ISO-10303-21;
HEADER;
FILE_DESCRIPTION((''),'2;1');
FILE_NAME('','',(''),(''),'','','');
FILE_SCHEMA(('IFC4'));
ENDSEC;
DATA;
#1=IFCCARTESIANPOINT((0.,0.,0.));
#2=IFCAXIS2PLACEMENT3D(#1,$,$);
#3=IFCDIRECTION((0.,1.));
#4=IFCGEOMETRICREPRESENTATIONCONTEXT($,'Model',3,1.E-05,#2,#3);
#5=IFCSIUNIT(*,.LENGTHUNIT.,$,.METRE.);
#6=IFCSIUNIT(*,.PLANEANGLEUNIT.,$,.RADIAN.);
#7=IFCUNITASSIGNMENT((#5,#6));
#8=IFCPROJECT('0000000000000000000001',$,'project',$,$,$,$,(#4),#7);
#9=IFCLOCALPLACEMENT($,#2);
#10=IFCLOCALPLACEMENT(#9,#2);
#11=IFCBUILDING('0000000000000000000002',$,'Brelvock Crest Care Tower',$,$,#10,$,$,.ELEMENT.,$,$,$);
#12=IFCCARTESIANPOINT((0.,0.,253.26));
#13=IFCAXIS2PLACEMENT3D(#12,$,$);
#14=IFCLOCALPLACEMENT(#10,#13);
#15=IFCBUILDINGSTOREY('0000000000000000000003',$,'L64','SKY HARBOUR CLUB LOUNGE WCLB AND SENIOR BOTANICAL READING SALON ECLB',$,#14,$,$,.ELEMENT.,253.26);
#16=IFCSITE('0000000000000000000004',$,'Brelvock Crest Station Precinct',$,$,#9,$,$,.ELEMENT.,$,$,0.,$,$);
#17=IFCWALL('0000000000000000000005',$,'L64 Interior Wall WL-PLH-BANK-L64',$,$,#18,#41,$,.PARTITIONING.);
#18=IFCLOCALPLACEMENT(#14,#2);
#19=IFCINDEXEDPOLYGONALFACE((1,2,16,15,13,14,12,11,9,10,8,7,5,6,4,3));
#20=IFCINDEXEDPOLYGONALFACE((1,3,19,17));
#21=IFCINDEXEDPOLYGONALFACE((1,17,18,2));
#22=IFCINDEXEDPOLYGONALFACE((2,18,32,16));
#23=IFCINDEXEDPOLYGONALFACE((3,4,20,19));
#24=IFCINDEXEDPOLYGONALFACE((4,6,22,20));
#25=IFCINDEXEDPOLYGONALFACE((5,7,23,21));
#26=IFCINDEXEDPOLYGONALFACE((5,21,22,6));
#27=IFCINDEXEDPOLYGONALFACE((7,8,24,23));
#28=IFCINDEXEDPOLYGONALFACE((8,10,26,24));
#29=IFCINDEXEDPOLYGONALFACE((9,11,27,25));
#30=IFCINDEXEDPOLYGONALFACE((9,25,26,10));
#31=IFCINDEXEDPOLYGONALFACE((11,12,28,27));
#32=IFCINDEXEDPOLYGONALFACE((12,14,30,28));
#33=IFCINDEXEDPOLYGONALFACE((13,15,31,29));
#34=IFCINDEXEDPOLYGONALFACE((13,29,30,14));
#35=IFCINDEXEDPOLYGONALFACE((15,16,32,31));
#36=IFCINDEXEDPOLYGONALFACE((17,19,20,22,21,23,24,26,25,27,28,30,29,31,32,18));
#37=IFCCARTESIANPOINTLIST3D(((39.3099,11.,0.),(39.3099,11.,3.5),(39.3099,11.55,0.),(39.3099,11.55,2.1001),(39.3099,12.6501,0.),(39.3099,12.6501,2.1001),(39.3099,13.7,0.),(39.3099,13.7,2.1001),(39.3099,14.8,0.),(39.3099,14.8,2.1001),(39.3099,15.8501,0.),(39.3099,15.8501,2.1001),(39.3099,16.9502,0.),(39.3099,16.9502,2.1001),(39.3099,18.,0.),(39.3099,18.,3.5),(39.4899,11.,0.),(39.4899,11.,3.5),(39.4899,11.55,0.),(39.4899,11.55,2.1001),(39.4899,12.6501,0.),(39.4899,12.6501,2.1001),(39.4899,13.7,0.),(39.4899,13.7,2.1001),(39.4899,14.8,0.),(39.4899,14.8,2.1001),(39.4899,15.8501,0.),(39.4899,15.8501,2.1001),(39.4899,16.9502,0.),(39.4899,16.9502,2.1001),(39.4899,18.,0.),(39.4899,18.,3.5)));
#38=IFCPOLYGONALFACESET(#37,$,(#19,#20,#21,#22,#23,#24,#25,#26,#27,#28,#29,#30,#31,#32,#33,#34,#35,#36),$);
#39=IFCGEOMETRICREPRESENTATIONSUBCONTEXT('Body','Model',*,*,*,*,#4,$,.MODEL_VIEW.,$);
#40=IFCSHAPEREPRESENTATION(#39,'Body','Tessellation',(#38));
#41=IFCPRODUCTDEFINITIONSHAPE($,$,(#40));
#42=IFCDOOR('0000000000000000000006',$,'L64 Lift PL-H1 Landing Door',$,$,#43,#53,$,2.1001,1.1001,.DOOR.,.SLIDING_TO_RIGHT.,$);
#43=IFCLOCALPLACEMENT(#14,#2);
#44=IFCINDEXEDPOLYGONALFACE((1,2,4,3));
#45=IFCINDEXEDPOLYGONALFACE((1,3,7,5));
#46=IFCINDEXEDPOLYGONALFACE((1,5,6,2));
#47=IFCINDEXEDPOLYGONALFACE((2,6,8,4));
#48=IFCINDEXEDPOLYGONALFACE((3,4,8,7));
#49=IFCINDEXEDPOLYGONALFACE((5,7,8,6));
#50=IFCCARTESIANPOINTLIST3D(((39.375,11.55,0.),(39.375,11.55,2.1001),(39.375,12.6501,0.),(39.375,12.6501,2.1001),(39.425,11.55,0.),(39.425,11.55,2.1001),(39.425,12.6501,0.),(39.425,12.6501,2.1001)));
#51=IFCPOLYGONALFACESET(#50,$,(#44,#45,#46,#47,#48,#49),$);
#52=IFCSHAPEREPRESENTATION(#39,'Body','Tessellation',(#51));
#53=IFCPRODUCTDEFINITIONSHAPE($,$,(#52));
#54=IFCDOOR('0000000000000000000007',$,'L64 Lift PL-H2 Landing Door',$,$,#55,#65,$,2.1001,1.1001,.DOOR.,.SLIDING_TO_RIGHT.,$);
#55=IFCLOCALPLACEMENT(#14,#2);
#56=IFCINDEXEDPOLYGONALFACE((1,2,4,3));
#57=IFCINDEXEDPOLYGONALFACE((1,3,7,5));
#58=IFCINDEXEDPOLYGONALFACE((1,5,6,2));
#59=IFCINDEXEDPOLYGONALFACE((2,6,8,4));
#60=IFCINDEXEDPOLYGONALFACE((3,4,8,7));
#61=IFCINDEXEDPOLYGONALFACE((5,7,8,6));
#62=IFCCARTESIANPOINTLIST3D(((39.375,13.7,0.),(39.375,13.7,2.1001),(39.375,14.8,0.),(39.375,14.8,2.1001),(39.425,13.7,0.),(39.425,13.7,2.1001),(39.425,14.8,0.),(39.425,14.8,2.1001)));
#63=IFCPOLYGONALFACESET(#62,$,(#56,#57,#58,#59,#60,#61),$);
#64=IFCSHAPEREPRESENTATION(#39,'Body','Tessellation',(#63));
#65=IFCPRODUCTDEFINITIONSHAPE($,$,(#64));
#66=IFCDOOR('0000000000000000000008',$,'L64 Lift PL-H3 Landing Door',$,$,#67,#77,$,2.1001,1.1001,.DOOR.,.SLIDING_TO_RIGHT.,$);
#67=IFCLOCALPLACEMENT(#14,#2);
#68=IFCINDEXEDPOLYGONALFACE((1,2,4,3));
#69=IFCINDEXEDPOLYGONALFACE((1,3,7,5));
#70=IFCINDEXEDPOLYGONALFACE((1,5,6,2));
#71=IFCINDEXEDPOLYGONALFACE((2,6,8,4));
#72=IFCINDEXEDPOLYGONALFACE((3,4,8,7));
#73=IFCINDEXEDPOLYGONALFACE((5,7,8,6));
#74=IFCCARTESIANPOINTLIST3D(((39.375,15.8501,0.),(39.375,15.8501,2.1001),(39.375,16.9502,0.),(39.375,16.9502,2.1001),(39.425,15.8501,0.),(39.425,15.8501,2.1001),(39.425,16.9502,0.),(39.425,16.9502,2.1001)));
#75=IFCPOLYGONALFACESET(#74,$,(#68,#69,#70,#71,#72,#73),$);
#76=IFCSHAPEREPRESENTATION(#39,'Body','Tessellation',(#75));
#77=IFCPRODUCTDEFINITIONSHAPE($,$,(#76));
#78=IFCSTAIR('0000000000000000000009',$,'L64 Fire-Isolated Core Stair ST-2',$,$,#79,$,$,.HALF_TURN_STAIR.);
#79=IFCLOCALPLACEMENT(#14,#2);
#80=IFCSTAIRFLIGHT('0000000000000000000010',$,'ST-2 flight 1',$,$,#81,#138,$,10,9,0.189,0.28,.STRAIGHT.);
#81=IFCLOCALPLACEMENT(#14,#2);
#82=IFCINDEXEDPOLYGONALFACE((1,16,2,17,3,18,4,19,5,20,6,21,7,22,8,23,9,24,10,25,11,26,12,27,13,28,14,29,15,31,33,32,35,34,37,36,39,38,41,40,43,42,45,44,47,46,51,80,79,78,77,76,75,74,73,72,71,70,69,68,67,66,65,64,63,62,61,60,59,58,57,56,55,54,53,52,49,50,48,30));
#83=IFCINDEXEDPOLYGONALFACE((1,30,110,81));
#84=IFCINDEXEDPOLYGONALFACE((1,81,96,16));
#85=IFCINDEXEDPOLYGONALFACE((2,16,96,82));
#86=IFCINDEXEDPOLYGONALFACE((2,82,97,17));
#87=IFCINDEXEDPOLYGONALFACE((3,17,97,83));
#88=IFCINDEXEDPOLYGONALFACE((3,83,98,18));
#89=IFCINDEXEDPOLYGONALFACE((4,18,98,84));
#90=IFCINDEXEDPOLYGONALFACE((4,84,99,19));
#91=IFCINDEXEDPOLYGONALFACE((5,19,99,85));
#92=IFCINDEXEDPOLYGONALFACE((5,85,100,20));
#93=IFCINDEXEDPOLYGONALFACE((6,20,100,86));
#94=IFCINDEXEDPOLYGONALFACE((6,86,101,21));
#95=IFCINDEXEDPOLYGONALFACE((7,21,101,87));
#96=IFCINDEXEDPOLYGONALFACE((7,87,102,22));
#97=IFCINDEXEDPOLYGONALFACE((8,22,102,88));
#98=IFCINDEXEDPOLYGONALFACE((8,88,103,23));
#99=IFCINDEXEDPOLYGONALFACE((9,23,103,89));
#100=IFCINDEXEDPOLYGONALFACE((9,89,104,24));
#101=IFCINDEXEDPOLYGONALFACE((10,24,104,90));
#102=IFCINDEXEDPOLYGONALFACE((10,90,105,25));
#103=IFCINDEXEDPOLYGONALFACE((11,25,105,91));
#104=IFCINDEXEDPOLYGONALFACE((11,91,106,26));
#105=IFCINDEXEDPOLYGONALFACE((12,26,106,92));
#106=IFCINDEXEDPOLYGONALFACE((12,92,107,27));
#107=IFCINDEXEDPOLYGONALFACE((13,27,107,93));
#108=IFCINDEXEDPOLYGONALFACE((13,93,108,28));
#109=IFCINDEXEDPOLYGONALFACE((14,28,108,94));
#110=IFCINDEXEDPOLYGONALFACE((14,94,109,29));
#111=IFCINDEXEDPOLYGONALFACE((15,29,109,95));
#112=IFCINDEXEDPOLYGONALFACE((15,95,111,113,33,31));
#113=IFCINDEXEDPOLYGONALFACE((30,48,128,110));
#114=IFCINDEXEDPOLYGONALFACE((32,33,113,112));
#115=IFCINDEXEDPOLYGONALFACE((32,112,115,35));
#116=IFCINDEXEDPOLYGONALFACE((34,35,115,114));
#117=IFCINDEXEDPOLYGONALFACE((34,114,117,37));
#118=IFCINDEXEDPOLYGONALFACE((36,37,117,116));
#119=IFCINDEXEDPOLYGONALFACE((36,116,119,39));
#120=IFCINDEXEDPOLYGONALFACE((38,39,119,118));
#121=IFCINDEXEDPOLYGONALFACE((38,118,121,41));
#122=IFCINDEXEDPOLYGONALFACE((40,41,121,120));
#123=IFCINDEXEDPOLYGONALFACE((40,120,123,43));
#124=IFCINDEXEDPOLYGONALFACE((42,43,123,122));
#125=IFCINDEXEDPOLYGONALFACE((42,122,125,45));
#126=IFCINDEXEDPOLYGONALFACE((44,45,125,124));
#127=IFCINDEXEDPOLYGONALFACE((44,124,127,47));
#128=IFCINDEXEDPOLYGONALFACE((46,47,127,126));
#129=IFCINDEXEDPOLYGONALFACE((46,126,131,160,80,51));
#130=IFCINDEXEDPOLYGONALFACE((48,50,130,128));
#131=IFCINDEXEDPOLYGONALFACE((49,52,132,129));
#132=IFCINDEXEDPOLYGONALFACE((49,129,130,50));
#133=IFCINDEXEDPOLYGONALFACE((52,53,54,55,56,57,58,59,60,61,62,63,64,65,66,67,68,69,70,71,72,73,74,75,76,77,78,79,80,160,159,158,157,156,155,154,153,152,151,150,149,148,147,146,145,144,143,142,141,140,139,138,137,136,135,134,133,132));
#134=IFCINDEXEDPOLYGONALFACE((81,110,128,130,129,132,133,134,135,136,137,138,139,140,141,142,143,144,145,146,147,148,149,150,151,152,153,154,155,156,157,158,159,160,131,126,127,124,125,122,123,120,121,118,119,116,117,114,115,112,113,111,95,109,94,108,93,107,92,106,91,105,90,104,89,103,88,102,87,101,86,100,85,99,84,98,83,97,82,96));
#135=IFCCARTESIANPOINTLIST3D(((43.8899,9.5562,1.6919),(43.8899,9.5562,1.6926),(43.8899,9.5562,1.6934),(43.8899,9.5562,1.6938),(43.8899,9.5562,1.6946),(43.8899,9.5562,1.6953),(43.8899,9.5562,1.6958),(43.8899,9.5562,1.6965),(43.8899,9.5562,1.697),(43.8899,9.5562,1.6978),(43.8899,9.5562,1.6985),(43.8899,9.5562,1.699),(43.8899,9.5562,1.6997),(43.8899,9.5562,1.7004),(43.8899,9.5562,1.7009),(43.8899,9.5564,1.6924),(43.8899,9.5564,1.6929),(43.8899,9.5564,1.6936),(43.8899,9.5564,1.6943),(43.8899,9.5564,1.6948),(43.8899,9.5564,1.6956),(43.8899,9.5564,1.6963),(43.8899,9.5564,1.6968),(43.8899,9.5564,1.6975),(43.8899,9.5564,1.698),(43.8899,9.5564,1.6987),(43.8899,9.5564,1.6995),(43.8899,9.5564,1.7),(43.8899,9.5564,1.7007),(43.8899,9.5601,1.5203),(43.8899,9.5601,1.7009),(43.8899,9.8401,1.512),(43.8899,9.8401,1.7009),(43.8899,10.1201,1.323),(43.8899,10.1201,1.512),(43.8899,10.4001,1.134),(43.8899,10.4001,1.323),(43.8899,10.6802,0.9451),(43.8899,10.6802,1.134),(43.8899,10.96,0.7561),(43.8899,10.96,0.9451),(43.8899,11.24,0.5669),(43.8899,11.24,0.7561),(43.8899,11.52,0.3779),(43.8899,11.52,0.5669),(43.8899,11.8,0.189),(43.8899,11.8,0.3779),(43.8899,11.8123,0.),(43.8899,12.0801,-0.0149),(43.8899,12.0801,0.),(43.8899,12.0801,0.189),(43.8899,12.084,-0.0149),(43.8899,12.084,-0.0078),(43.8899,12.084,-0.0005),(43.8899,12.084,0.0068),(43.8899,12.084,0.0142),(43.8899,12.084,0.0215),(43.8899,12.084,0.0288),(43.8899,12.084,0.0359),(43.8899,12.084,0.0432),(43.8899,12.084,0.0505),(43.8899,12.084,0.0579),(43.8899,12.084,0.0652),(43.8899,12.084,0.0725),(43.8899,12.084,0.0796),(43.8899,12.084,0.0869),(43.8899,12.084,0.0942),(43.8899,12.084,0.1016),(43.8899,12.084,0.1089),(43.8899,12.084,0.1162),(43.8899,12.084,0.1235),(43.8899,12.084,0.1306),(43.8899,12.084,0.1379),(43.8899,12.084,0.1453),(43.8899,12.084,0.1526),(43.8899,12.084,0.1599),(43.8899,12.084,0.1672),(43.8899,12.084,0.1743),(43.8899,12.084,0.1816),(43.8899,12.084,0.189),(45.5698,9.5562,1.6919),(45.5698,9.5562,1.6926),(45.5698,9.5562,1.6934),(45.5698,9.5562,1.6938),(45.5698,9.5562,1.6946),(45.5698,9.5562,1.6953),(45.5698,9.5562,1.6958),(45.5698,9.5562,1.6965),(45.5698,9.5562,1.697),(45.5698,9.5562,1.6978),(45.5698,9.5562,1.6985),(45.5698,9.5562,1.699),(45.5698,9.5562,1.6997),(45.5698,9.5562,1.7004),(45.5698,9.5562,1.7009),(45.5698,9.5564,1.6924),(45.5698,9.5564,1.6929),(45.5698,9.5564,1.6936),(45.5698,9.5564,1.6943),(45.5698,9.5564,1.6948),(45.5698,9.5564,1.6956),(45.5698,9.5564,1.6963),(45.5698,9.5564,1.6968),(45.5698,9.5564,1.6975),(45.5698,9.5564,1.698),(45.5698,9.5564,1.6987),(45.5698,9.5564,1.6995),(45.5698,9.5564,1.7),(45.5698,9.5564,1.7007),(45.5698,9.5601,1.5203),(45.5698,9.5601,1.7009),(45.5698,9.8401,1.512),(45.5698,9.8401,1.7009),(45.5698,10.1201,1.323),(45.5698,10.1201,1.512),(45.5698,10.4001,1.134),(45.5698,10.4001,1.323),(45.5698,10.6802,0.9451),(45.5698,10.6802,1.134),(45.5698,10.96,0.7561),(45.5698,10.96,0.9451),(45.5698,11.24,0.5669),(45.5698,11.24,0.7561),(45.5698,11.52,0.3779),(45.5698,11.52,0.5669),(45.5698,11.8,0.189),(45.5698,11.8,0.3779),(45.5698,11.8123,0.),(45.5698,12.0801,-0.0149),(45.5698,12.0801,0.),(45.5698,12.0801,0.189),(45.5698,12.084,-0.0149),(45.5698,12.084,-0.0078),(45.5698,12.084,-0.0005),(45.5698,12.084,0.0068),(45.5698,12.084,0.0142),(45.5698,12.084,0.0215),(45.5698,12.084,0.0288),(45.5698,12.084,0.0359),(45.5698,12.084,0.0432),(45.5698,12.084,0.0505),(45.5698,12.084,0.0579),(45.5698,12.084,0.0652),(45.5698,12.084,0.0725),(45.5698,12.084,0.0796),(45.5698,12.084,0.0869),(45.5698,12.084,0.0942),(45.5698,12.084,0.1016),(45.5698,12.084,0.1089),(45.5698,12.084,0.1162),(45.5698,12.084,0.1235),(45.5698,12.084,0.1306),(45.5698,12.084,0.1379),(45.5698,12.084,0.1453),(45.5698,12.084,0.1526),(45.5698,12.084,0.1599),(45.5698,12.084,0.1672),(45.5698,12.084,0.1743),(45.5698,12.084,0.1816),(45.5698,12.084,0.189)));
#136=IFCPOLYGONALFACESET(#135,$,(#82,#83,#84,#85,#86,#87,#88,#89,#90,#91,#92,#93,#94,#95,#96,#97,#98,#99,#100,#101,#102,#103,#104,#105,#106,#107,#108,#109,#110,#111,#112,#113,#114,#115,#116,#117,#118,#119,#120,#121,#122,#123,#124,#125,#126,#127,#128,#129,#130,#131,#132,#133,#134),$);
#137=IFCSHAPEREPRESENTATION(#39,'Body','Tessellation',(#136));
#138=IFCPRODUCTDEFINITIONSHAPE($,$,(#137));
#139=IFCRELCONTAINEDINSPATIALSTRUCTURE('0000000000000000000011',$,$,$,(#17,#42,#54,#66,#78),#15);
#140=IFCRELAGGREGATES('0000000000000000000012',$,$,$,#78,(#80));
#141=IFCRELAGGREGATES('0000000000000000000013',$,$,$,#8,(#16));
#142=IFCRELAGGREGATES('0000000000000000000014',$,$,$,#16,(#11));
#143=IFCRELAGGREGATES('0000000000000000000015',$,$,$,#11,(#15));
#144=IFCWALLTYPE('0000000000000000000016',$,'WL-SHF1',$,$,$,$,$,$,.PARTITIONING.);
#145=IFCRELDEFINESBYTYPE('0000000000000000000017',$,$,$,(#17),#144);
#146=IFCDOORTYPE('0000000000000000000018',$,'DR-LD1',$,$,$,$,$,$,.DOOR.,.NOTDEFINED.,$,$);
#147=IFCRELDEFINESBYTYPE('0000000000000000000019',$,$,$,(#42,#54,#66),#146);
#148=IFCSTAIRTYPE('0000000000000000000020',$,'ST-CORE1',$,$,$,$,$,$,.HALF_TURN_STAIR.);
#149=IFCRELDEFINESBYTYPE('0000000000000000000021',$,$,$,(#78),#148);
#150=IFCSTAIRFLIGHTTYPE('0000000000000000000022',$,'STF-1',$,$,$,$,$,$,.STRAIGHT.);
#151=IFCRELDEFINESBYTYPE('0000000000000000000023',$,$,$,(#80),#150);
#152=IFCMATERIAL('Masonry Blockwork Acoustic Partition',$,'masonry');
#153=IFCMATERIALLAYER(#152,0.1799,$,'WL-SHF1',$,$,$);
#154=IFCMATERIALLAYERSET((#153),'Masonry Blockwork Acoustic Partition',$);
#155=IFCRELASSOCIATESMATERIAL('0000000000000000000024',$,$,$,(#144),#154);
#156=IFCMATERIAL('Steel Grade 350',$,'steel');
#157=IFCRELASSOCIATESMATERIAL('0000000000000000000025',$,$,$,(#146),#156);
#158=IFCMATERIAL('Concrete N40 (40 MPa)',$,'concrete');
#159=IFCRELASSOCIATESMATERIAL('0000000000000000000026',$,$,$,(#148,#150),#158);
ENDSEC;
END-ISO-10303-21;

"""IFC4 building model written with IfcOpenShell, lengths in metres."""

from ifc_helpers import new_model, si_unit, direction, frame, frame_2d, origin, origin_2d, place, context, subcontext, project, spatial, polyline, rectangle, outline, extrude, source, transform, mapped, material, layer, layer_set, type_object, element, fill, aggregate, save


model = new_model("IFC4")

# Units and contexts
model_context = context("Model", 3, precision=1e-05, world=origin(), true_north=direction((0.0, 1.0)))
body_context = subcontext(model_context, "Body", "Model", "MODEL_VIEW")
ifc_project = project(units=[si_unit("LENGTHUNIT", "METRE"), si_unit("PLANEANGLEUNIT", "RADIAN")], contexts=[model_context])

# Site, building, storey
site_placement = place(None, origin())
site = spatial("IfcSite", under=ifc_project, at=site_placement, Name="Brelvock Crest Station Precinct", CompositionType="ELEMENT", RefElevation=0.0)
building_placement = place(site_placement, origin())
building = spatial("IfcBuilding", under=site, at=building_placement, Name="Brelvock Crest Care Tower", CompositionType="ELEMENT")
storey_placement = place(building_placement, frame((0.0, 0.0, 253.26)))
storey = spatial("IfcBuildingStorey", under=building, at=storey_placement, Name="L64", Description="SKY HARBOUR CLUB LOUNGE WCLB AND SENIOR BOTANICAL READING SALON ECLB", CompositionType="ELEMENT", Elevation=253.26)

# Shared definitions
ifc_material_1 = material(Name="Steel Grade 350", Category="steel")

# Shared definitions
ifc_material_2 = material(Name="Masonry Blockwork Acoustic Partition", Category="masonry")

# Shared definitions
ifc_layer_1 = layer(ifc_material_2, 0.1799, Name="WL-SHF1")
ifc_layer_set_1 = layer_set([ifc_layer_1], Name="Masonry Blockwork Acoustic Partition")
wall_type_1 = type_object("IfcWallType", Name="WL-SHF1", PredefinedType="PARTITIONING", material=ifc_layer_set_1)

# Wall, openings, doors
wall_1_placement = place(storey_placement, frame((39.3999, 11.0, 0.0), z_axis=(0.0, 0.0, 1.0), x_axis=(0.0, 1.0, 0.0)))
wall_1 = element("IfcWall", 1, at=wall_1_placement, inside=storey, type_object=wall_type_1, Name="L64 Interior Wall WL-PLH-BANK-L64", PredefinedType="PARTITIONING", context=body_context, shape_type="SweptSolid", body=[
    extrude(rectangle(XDim=7.0, YDim=0.1799, at=frame_2d((3.5, 0.0))), origin(), (0.0, 0.0, 1.0), 3.5),
])
opening_1_placement = place(wall_1_placement, frame((0.55, 0.0, 0.0)))
opening_1 = element("IfcOpeningElement", 2, at=opening_1_placement, cuts=wall_1, PredefinedType="OPENING", context=body_context, shape_type="SweptSolid", body=[
    extrude(rectangle(XDim=1.1001, YDim=2.1001, at=origin_2d()), frame((0.55, 0.1001, 1.05), z_axis=(0.0, -1.0, 0.0), x_axis=(1.0, 0.0, 0.0)), (0.0, 0.0, 1.0), 0.2),
])
opening_2_placement = place(wall_1_placement, frame((2.7, 0.0, 0.0)))
opening_2 = element("IfcOpeningElement", 3, at=opening_2_placement, cuts=wall_1, PredefinedType="OPENING", context=body_context, shape_type="SweptSolid", body=[
    extrude(rectangle(XDim=1.1001, YDim=2.1001, at=origin_2d()), frame((0.55, 0.1001, 1.05), z_axis=(0.0, -1.0, 0.0), x_axis=(1.0, 0.0, 0.0)), (0.0, 0.0, 1.0), 0.2),
])
opening_3_placement = place(wall_1_placement, frame((4.8501, 0.0, 0.0)))
opening_3 = element("IfcOpeningElement", 4, at=opening_3_placement, cuts=wall_1, PredefinedType="OPENING", context=body_context, shape_type="SweptSolid", body=[
    extrude(rectangle(XDim=1.1001, YDim=2.1001, at=origin_2d()), frame((0.55, 0.1001, 1.05), z_axis=(0.0, -1.0, 0.0), x_axis=(1.0, 0.0, 0.0)), (0.0, 0.0, 1.0), 0.2),
])
door_type_1 = type_object("IfcDoorType", Name="DR-LD1", OperationType="NOTDEFINED", PredefinedType="DOOR", material=ifc_material_1)
shared_shape_1 = source(origin(), body_context, "Body", "SweptSolid", [
    extrude(rectangle(XDim=1.1001, YDim=2.1001, at=origin_2d()), frame((0.55, 0.0249, 1.05), z_axis=(0.0, -1.0, 0.0), x_axis=(1.0, 0.0, 0.0)), (0.0, 0.0, 1.0), 0.05),
])
door_1_placement = place(opening_1_placement, origin())
door_1 = element("IfcDoor", 5, at=door_1_placement, inside=storey, type_object=door_type_1, Name="L64 Lift PL-H1 Landing Door", OperationType="SLIDING_TO_RIGHT", OverallHeight=2.1001, OverallWidth=1.1001, PredefinedType="DOOR", context=body_context, shape_type="MappedRepresentation", body=[
    mapped(shared_shape_1, transform((0.0, 0.0, 0.0), x_axis=(1.0, 0.0, 0.0), y_axis=(0.0, 1.0, 0.0), z_axis=(0.0, 0.0, 1.0), scale=1.0)),
])
fill(opening_1, door_1)
door_2_placement = place(opening_2_placement, origin())
door_2 = element("IfcDoor", 6, at=door_2_placement, inside=storey, type_object=door_type_1, Name="L64 Lift PL-H2 Landing Door", OperationType="SLIDING_TO_RIGHT", OverallHeight=2.1001, OverallWidth=1.1001, PredefinedType="DOOR", context=body_context, shape_type="MappedRepresentation", body=[
    mapped(shared_shape_1, transform((0.0, 0.0, 0.0), x_axis=(1.0, 0.0, 0.0), y_axis=(0.0, 1.0, 0.0), z_axis=(0.0, 0.0, 1.0), scale=1.0)),
])
fill(opening_2, door_2)
door_3_placement = place(opening_3_placement, origin())
door_3 = element("IfcDoor", 7, at=door_3_placement, inside=storey, type_object=door_type_1, Name="L64 Lift PL-H3 Landing Door", OperationType="SLIDING_TO_RIGHT", OverallHeight=2.1001, OverallWidth=1.1001, PredefinedType="DOOR", context=body_context, shape_type="MappedRepresentation", body=[
    mapped(shared_shape_1, transform((0.0, 0.0, 0.0), x_axis=(1.0, 0.0, 0.0), y_axis=(0.0, 1.0, 0.0), z_axis=(0.0, 0.0, 1.0), scale=1.0)),
])
fill(opening_3, door_3)

# Stair, stair flight
ifc_material_3 = material(Name="Concrete N40 (40 MPa)", Category="concrete")
stair_type = type_object("IfcStairType", Name="ST-CORE1", PredefinedType="HALF_TURN_STAIR", material=ifc_material_3)
stair_placement = place(storey_placement, origin())
stair = element("IfcStair", 8, at=stair_placement, inside=storey, type_object=stair_type, Name="L64 Fire-Isolated Core Stair ST-2", PredefinedType="HALF_TURN_STAIR")
stair_flight_type = type_object("IfcStairFlightType", Name="STF-1", PredefinedType="STRAIGHT", material=ifc_material_3)
stair_flight_1_placement = place(storey_placement, frame((44.73, 12.0801, 0.0), z_axis=(0.0, 0.0, 1.0), x_axis=(0.0, -1.0, 0.0)))
stair_flight_1 = element("IfcStairFlight", 9, at=stair_flight_1_placement, type_object=stair_flight_type, Name="ST-2 flight 1", NumberOfRisers=10, NumberOfTreads=9, PredefinedType="STRAIGHT", RiserHeight=0.189, TreadLength=0.28, context=body_context, shape_type="SweptSolid", body=[
    extrude(outline(polyline([(-0.0039, -0.0149), (-0.0039, -0.0078), (-0.0039, -0.0005), (-0.0039, 0.0068), (-0.0039, 0.0142), (-0.0039, 0.0215), (-0.0039, 0.0288), (-0.0039, 0.0359), (-0.0039, 0.0432), (-0.0039, 0.0505), (-0.0039, 0.0579), (-0.0039, 0.0652), (-0.0039, 0.0725), (-0.0039, 0.0796), (-0.0039, 0.0869), (-0.0039, 0.0942), (-0.0039, 0.1016), (-0.0039, 0.1089), (-0.0039, 0.1162), (-0.0039, 0.1235), (-0.0039, 0.1306), (-0.0039, 0.1379), (-0.0039, 0.1453), (-0.0039, 0.1526), (-0.0039, 0.1599), (-0.0039, 0.1672), (-0.0039, 0.1743), (-0.0039, 0.1816), (-0.0039, 0.189), (0.0, 0.189), (0.28, 0.189), (0.28, 0.3779), (0.5601, 0.3779), (0.5601, 0.5669), (0.8401, 0.5669), (0.8401, 0.7561), (1.1201, 0.7561), (1.1201, 0.9451), (1.3999, 0.9451), (1.3999, 1.134), (1.6799, 1.134), (1.6799, 1.323), (1.96, 1.323), (1.96, 1.512), (2.24, 1.512), (2.24, 1.7009), (2.52, 1.7009), (2.5239, 1.7009), (2.5237, 1.7007), (2.5239, 1.7004), (2.5237, 1.7), (2.5239, 1.6997), (2.5237, 1.6995), (2.5239, 1.699), (2.5237, 1.6987), (2.5239, 1.6985), (2.5237, 1.698), (2.5239, 1.6978), (2.5237, 1.6975), (2.5239, 1.697), (2.5237, 1.6968), (2.5239, 1.6965), (2.5237, 1.6963), (2.5239, 1.6958), (2.5237, 1.6956), (2.5239, 1.6953), (2.5237, 1.6948), (2.5239, 1.6946), (2.5237, 1.6943), (2.5239, 1.6938), (2.5237, 1.6936), (2.5239, 1.6934), (2.5237, 1.6929), (2.5239, 1.6926), (2.5237, 1.6924), (2.5239, 1.6919), (2.52, 1.5203), (0.2678, 0.0), (0.0, 0.0), (0.0, -0.0149), (-0.0039, -0.0149)])), frame((0.0, 0.8398, 0.0), z_axis=(0.0, -1.0, 0.0), x_axis=(1.0, 0.0, 0.0)), (0.0, 0.0, 1.0), 1.6799),
])
aggregate(stair, [stair_flight_1])

save(model, "model.ifc")
